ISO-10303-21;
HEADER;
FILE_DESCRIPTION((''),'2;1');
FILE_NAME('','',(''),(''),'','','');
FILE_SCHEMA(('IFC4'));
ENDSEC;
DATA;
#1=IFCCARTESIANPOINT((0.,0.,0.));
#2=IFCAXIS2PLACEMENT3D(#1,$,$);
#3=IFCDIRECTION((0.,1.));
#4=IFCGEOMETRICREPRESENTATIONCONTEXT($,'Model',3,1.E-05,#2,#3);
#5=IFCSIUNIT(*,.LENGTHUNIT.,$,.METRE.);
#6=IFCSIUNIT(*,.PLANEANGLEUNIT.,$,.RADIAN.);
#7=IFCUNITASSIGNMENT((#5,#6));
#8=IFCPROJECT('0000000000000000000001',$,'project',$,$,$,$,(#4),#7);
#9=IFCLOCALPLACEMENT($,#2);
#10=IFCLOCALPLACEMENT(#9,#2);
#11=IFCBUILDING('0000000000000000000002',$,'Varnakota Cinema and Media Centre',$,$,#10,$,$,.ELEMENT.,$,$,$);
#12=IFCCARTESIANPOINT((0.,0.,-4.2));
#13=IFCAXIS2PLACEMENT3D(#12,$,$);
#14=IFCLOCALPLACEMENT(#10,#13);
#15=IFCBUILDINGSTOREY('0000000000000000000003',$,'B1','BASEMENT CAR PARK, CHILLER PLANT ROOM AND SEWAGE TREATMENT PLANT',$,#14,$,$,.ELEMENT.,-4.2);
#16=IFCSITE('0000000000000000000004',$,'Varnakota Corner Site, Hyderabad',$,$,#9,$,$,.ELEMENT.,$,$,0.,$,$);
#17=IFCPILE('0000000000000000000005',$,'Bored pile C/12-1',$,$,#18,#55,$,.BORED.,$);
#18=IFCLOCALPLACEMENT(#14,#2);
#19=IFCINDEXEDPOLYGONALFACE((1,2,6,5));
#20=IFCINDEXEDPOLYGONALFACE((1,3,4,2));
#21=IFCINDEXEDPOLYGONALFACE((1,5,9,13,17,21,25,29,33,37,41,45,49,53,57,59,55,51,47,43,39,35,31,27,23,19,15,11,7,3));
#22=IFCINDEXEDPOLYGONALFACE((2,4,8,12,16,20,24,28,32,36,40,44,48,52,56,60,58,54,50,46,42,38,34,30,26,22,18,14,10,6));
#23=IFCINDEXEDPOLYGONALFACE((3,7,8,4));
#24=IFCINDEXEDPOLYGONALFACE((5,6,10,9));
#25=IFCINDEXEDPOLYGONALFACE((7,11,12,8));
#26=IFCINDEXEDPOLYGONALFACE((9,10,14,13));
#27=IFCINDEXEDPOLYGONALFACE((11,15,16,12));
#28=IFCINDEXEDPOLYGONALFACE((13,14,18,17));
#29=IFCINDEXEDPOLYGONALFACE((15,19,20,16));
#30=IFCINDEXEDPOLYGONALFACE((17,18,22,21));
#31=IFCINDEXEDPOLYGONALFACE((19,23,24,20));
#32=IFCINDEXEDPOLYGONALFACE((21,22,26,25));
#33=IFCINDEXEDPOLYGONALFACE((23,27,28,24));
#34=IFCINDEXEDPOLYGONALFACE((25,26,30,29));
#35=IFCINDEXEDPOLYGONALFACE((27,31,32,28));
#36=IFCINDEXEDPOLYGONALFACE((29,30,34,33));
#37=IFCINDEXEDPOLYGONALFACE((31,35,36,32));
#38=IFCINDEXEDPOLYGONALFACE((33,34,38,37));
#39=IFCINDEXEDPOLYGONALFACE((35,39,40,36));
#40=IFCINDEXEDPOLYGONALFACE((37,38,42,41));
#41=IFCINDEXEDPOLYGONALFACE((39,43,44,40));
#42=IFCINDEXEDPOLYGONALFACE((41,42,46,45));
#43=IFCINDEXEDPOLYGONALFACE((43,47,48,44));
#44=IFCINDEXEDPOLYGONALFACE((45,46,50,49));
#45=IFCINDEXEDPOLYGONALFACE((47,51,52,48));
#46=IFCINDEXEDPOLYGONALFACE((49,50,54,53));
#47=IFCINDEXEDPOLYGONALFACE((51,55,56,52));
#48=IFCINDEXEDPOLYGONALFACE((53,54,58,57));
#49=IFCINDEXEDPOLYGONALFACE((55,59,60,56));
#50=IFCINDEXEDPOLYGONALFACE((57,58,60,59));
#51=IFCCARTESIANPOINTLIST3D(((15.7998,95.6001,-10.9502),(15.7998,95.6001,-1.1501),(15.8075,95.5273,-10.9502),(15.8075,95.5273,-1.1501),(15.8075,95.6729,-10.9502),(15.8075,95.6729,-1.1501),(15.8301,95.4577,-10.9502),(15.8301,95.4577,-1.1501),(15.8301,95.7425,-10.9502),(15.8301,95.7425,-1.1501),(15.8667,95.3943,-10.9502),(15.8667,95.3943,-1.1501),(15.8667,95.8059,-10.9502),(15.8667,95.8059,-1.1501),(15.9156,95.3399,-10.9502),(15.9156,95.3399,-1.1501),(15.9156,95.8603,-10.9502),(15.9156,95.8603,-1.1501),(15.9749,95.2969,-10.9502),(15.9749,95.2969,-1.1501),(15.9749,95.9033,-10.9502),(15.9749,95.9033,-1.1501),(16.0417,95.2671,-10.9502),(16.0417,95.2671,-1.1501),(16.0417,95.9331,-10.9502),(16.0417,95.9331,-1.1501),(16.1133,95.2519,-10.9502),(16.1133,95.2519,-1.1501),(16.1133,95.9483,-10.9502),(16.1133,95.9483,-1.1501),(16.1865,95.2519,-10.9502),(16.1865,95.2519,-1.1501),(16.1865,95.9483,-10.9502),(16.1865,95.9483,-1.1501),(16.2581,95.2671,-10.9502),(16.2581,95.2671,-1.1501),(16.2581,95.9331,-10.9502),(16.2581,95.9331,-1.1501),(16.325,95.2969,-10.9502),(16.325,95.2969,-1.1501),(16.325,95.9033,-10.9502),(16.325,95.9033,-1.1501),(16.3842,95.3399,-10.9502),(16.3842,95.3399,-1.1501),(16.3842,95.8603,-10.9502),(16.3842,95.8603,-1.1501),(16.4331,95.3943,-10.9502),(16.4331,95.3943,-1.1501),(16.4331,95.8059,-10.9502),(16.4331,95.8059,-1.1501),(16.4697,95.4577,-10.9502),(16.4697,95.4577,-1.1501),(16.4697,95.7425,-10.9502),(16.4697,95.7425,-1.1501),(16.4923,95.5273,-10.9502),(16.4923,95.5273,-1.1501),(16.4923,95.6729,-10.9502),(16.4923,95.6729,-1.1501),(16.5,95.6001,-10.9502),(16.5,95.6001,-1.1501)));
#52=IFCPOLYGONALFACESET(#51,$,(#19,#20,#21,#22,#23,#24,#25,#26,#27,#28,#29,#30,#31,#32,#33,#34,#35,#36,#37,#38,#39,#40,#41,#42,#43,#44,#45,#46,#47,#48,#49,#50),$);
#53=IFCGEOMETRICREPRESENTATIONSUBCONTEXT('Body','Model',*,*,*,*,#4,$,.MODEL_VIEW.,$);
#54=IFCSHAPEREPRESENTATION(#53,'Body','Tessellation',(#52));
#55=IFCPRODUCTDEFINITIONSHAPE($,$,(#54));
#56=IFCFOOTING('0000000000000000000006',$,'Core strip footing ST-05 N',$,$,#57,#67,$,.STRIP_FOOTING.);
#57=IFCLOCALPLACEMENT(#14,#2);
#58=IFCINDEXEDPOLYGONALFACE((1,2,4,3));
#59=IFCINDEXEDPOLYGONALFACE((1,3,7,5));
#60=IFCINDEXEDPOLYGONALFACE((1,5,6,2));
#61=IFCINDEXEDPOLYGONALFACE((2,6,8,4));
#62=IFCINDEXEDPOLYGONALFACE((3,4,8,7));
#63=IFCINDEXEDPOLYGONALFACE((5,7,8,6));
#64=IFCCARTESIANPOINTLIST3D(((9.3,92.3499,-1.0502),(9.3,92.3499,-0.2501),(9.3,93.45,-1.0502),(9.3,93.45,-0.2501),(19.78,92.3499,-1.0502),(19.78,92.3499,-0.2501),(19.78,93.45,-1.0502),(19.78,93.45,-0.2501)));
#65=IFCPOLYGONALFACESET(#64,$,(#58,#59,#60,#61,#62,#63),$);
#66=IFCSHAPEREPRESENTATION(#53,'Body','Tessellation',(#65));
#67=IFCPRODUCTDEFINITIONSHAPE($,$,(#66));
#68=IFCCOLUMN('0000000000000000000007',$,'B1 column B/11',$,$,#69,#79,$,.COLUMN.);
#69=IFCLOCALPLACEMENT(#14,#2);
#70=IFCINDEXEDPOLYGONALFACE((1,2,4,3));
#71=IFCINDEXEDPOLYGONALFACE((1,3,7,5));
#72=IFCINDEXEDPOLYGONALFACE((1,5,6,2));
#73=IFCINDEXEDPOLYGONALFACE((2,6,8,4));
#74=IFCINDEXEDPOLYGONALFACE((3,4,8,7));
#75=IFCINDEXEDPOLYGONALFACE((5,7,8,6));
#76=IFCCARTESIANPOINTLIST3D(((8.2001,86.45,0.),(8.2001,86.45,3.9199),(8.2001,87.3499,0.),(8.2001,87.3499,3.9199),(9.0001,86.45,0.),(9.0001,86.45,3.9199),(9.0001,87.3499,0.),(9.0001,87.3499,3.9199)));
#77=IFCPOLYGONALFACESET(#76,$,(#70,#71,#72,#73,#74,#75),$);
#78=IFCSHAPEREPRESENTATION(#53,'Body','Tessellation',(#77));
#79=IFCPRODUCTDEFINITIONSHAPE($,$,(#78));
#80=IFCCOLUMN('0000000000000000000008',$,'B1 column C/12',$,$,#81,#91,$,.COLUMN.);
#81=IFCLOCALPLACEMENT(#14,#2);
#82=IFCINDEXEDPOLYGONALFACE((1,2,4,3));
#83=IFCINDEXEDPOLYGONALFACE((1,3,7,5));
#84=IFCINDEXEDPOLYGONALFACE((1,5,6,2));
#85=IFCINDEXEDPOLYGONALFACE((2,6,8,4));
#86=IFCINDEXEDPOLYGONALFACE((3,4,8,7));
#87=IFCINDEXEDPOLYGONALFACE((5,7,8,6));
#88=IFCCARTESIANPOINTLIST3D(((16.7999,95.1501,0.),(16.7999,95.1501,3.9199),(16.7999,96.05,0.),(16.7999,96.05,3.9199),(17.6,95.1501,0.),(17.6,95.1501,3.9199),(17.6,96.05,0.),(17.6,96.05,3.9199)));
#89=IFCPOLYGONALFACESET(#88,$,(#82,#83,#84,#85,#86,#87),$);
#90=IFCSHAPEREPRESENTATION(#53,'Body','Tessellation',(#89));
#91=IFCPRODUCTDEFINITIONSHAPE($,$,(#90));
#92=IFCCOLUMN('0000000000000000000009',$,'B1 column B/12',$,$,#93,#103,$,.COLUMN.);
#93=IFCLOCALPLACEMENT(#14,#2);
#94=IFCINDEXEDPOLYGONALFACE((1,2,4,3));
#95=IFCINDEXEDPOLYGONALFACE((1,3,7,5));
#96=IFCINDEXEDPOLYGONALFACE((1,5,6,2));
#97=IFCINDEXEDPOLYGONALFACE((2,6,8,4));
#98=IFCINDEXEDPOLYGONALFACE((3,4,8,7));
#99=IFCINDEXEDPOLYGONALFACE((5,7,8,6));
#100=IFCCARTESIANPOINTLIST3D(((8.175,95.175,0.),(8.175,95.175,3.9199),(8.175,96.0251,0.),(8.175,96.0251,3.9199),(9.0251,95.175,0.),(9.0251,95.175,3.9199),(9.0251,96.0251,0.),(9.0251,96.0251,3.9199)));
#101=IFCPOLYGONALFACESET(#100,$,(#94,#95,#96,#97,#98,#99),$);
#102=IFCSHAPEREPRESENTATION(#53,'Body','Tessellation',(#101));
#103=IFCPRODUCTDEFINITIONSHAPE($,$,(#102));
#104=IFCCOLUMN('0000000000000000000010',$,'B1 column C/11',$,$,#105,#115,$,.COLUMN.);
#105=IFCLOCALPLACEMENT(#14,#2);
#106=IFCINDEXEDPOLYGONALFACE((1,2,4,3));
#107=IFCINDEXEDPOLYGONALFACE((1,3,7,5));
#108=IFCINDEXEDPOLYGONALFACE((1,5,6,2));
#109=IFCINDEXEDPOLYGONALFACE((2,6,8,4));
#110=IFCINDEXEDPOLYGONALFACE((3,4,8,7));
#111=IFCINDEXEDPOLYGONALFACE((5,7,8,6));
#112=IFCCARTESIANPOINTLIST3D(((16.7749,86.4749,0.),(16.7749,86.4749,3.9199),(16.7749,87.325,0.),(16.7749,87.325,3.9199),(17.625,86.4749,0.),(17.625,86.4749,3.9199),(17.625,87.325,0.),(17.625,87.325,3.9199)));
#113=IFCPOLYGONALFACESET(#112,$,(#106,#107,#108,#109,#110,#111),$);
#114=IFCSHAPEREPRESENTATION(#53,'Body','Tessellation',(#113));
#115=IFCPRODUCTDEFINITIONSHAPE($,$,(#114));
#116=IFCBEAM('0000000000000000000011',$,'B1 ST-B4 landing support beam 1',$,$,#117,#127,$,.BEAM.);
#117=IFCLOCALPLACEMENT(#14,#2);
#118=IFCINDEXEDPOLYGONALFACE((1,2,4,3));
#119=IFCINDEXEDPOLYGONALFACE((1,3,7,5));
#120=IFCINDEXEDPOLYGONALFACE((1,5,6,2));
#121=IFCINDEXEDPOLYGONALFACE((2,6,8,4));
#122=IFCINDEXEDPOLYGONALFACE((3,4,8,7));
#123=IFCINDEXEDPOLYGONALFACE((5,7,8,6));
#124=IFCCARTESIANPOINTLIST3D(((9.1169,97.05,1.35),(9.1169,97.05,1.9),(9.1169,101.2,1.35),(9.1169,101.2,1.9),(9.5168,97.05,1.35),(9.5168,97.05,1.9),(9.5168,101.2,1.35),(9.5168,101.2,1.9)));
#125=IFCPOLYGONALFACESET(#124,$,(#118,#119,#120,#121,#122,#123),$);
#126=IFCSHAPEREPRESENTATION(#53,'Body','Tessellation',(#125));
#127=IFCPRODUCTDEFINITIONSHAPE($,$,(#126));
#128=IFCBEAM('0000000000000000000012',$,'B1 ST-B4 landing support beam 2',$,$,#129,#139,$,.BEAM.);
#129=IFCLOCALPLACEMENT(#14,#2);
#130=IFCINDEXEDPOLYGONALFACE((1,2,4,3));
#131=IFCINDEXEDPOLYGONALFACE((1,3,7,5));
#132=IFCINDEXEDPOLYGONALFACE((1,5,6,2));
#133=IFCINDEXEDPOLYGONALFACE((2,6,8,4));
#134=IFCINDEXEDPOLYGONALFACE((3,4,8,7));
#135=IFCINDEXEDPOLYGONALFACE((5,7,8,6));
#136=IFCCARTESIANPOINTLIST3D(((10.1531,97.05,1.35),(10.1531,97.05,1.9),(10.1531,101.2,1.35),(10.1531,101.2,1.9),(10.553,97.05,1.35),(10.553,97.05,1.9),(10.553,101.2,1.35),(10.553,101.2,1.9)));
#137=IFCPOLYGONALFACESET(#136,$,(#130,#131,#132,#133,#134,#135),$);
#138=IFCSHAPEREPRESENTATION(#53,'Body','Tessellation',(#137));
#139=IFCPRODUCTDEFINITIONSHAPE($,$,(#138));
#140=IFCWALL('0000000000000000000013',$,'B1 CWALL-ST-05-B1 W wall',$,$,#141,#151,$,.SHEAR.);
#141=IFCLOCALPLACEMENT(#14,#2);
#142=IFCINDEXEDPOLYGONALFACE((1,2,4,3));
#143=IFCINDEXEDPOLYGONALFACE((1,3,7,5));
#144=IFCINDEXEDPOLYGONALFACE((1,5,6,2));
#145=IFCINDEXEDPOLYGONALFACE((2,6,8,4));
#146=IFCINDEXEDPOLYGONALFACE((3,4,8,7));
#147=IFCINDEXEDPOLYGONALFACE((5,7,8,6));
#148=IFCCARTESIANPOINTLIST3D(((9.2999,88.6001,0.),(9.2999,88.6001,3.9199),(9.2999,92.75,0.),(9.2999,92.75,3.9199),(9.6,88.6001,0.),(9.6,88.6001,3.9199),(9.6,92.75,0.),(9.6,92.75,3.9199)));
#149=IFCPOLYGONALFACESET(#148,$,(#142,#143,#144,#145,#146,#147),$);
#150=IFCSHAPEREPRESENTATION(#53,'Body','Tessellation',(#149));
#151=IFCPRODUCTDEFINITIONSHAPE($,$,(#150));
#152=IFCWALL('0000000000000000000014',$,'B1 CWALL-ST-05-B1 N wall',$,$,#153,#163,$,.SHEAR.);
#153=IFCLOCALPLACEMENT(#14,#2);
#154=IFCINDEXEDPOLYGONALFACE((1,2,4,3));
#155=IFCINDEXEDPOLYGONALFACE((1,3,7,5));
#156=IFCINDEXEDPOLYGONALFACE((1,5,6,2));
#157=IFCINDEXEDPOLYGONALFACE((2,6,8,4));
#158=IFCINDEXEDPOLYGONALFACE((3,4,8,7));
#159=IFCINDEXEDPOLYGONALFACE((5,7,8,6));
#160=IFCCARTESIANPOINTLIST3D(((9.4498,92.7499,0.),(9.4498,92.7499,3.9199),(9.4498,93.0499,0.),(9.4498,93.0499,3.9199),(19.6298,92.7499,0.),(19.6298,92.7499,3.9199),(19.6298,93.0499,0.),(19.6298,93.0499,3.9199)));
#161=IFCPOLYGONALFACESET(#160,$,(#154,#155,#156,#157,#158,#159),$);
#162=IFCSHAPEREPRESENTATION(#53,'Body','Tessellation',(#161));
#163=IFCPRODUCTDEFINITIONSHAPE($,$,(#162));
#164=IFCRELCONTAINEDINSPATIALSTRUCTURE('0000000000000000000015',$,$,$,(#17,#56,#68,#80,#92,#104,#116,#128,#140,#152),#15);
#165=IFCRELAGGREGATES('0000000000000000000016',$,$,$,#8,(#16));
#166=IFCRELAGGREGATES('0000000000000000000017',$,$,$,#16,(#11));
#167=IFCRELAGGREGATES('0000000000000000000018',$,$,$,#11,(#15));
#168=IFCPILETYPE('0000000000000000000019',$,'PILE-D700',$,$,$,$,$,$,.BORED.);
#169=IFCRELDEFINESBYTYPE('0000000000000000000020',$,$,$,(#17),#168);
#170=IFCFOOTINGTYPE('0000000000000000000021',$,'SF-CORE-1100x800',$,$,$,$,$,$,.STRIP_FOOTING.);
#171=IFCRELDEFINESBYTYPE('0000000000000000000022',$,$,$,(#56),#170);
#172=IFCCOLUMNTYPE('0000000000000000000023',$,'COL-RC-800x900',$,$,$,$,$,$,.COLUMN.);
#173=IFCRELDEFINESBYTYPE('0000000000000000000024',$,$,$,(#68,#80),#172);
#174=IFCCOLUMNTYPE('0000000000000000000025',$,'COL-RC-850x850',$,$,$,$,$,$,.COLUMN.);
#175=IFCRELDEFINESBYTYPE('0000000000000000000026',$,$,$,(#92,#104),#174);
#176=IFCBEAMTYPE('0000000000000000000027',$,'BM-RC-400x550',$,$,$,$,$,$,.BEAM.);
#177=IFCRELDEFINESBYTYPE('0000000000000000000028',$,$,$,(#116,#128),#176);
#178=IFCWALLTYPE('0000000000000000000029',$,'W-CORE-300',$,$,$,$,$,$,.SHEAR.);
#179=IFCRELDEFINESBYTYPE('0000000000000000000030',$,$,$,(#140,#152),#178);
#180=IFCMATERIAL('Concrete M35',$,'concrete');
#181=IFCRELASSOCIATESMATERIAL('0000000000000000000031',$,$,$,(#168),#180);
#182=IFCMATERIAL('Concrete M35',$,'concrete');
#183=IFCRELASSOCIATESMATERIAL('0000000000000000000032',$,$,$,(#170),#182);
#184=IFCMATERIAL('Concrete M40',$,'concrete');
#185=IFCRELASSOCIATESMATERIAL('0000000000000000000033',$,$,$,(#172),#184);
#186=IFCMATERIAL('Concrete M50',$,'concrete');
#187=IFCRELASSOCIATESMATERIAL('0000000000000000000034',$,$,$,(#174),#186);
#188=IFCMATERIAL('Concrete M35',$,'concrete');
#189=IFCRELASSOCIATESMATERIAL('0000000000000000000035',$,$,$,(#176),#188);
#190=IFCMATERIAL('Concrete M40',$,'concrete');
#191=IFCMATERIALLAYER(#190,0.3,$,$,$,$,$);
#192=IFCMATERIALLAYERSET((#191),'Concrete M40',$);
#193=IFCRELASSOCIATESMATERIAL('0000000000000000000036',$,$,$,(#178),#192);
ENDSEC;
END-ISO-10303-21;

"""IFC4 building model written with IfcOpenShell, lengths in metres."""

from ifc_helpers import new_model, si_unit, direction, frame, frame_2d, origin, origin_2d, place, context, subcontext, project, spatial, rectangle, circle, extrude, material, layer, layer_set, material_profile, profile_set, type_object, element, save


model = new_model("IFC4")

# Units and contexts
model_context = context("Model", 3, precision=1e-05, world=origin(), true_north=direction((0.0, 1.0)))
body_context = subcontext(model_context, "Body", "Model", "MODEL_VIEW")
ifc_project = project(units=[si_unit("LENGTHUNIT", "METRE"), si_unit("PLANEANGLEUNIT", "RADIAN")], contexts=[model_context])

# Site, building, storey
site_placement = place(None, origin())
site = spatial("IfcSite", under=ifc_project, at=site_placement, Name="Varnakota Corner Site, Hyderabad", CompositionType="ELEMENT", RefElevation=0.0)
building_placement = place(site_placement, origin())
building = spatial("IfcBuilding", under=site, at=building_placement, Name="Varnakota Cinema and Media Centre", CompositionType="ELEMENT")
storey_placement = place(building_placement, frame((0.0, 0.0, -4.2)))
storey = spatial("IfcBuildingStorey", under=building, at=storey_placement, Name="B1", Description="BASEMENT CAR PARK, CHILLER PLANT ROOM AND SEWAGE TREATMENT PLANT", CompositionType="ELEMENT", Elevation=-4.2)

# Pile
ifc_material_1 = material(Name="Concrete M35", Category="concrete")
ifc_material_profile_1 = material_profile(ifc_material_1, circle(Radius=0.3501, at=origin_2d()), Name="PILE D700")
ifc_profile_set_1 = profile_set([ifc_material_profile_1], Name="Concrete M35")
pile_type_1 = type_object("IfcPileType", Name="PILE-D700", PredefinedType="BORED", material=ifc_profile_set_1)
pile_placement = place(storey_placement, frame((16.1499, 95.6001, -1.1501), z_axis=(0.0, 0.0, -1.0), x_axis=(1.0, 0.0, 0.0)))
element("IfcPile", 1, at=pile_placement, inside=storey, type_object=pile_type_1, Name="Bored pile C/12-1", PredefinedType="BORED", context=body_context, shape_type="SweptSolid", body=[
    extrude(circle(Radius=0.3501, at=origin_2d()), origin(), (0.0, 0.0, 1.0), 9.8),
])

# Footing
ifc_material_2 = material(Name="Concrete M35", Category="concrete")
ifc_material_profile_2 = material_profile(ifc_material_2, rectangle(XDim=1.1001, YDim=0.8, at=origin_2d()), Name="SF 1100x800")
ifc_profile_set_2 = profile_set([ifc_material_profile_2], Name="Concrete M35")
footing_type_1 = type_object("IfcFootingType", Name="SF-CORE-1100x800", PredefinedType="STRIP_FOOTING", material=ifc_profile_set_2)
footing_1_placement = place(storey_placement, frame((9.3, 92.8999, -0.6501), z_axis=(1.0, 0.0, 0.0), x_axis=(0.0, 1.0, 0.0)))
element("IfcFooting", 2, at=footing_1_placement, inside=storey, type_object=footing_type_1, Name="Core strip footing ST-05 N", PredefinedType="STRIP_FOOTING", context=body_context, shape_type="SweptSolid", body=[
    extrude(rectangle(XDim=1.1001, YDim=0.8, at=origin_2d()), origin(), (0.0, 0.0, 1.0), 10.48),
])

# Columns
ifc_material_3 = material(Name="Concrete M40", Category="concrete")
ifc_material_profile_3 = material_profile(ifc_material_3, rectangle(XDim=0.8, YDim=0.8999, at=origin_2d()), Name="RC 800x900")
ifc_profile_set_3 = profile_set([ifc_material_profile_3], Name="Concrete M40")
column_type_1 = type_object("IfcColumnType", Name="COL-RC-800x900", PredefinedType="COLUMN", material=ifc_profile_set_3)
for number, where, z_axis, x_axis, name in (
    (3, (8.6001, 86.8999, 0.0), (0.0, 0.0, 1.0), (1.0, 0.0, 0.0), "B1 column B/11"),
    (4, (17.2, 95.6001, 0.0), (0.0, 0.0, 1.0), (1.0, 0.0, 0.0), "B1 column C/12"),
):
    element("IfcColumn", number, at=place(storey_placement, frame(where, z_axis=z_axis, x_axis=x_axis)), inside=storey, type_object=column_type_1, Name=name, PredefinedType="COLUMN", context=body_context, shape_type="SweptSolid", body=[
        extrude(rectangle(XDim=0.8, YDim=0.8999, at=origin_2d()), origin(), (0.0, 0.0, 1.0), 3.9199),
    ])
ifc_material_4 = material(Name="Concrete M50", Category="concrete")
ifc_material_profile_4 = material_profile(ifc_material_4, rectangle(XDim=0.8501, YDim=0.8501, at=origin_2d()), Name="RC 850x850")
ifc_profile_set_4 = profile_set([ifc_material_profile_4], Name="Concrete M50")
column_type_2 = type_object("IfcColumnType", Name="COL-RC-850x850", PredefinedType="COLUMN", material=ifc_profile_set_4)
for number, where, z_axis, x_axis, name in (
    (5, (8.6001, 95.6001, 0.0), (0.0, 0.0, 1.0), (1.0, 0.0, 0.0), "B1 column B/12"),
    (6, (17.2, 86.8999, 0.0), (0.0, 0.0, 1.0), (1.0, 0.0, 0.0), "B1 column C/11"),
):
    element("IfcColumn", number, at=place(storey_placement, frame(where, z_axis=z_axis, x_axis=x_axis)), inside=storey, type_object=column_type_2, Name=name, PredefinedType="COLUMN", context=body_context, shape_type="SweptSolid", body=[
        extrude(rectangle(XDim=0.8501, YDim=0.8501, at=origin_2d()), origin(), (0.0, 0.0, 1.0), 3.9199),
    ])

# Beams
ifc_material_5 = material(Name="Concrete M35", Category="concrete")
ifc_material_profile_5 = material_profile(ifc_material_5, rectangle(XDim=0.3999, YDim=0.55, at=origin_2d()), Name="RCB 400x550")
ifc_profile_set_5 = profile_set([ifc_material_profile_5], Name="Concrete M35")
beam_type = type_object("IfcBeamType", Name="BM-RC-400x550", PredefinedType="BEAM", material=ifc_profile_set_5)
for number, where, z_axis, x_axis, name in (
    (7, (9.3169, 97.05, 1.625), (0.0, 1.0, 0.0), (-1.0, 0.0, 0.0), "B1 ST-B4 landing support beam 1"),
    (8, (10.353, 97.05, 1.625), (0.0, 1.0, 0.0), (-1.0, 0.0, 0.0), "B1 ST-B4 landing support beam 2"),
):
    element("IfcBeam", number, at=place(storey_placement, frame(where, z_axis=z_axis, x_axis=x_axis)), inside=storey, type_object=beam_type, Name=name, PredefinedType="BEAM", context=body_context, shape_type="SweptSolid", body=[
        extrude(rectangle(XDim=0.3999, YDim=0.55, at=origin_2d()), origin(), (0.0, 0.0, 1.0), 4.1499),
    ])

# Walls
ifc_material_6 = material(Name="Concrete M40", Category="concrete")
ifc_layer = layer(ifc_material_6, 0.3)
ifc_layer_set = layer_set([ifc_layer], Name="Concrete M40")
wall_type = type_object("IfcWallType", Name="W-CORE-300", PredefinedType="SHEAR", material=ifc_layer_set)
wall_1_placement = place(storey_placement, frame((9.45, 88.6001, 0.0), z_axis=(0.0, 0.0, 1.0), x_axis=(0.0, 1.0, 0.0)))
element("IfcWall", 9, at=wall_1_placement, inside=storey, type_object=wall_type, Name="B1 CWALL-ST-05-B1 W wall", PredefinedType="SHEAR", context=body_context, shape_type="SweptSolid", body=[
    extrude(rectangle(XDim=4.1499, YDim=0.3, at=frame_2d((2.075, 0.0))), origin(), (0.0, 0.0, 1.0), 3.9199),
])
wall_2_placement = place(storey_placement, frame((9.45, 92.8999, 0.0), z_axis=(0.0, 0.0, 1.0), x_axis=(1.0, 0.0, 0.0)))
element("IfcWall", 10, at=wall_2_placement, inside=storey, type_object=wall_type, Name="B1 CWALL-ST-05-B1 N wall", PredefinedType="SHEAR", context=body_context, shape_type="SweptSolid", body=[
    extrude(rectangle(XDim=10.1799, YDim=0.3, at=frame_2d((5.0898, 0.0))), origin(), (0.0, 0.0, 1.0), 3.9199),
])

save(model, "model.ifc")
